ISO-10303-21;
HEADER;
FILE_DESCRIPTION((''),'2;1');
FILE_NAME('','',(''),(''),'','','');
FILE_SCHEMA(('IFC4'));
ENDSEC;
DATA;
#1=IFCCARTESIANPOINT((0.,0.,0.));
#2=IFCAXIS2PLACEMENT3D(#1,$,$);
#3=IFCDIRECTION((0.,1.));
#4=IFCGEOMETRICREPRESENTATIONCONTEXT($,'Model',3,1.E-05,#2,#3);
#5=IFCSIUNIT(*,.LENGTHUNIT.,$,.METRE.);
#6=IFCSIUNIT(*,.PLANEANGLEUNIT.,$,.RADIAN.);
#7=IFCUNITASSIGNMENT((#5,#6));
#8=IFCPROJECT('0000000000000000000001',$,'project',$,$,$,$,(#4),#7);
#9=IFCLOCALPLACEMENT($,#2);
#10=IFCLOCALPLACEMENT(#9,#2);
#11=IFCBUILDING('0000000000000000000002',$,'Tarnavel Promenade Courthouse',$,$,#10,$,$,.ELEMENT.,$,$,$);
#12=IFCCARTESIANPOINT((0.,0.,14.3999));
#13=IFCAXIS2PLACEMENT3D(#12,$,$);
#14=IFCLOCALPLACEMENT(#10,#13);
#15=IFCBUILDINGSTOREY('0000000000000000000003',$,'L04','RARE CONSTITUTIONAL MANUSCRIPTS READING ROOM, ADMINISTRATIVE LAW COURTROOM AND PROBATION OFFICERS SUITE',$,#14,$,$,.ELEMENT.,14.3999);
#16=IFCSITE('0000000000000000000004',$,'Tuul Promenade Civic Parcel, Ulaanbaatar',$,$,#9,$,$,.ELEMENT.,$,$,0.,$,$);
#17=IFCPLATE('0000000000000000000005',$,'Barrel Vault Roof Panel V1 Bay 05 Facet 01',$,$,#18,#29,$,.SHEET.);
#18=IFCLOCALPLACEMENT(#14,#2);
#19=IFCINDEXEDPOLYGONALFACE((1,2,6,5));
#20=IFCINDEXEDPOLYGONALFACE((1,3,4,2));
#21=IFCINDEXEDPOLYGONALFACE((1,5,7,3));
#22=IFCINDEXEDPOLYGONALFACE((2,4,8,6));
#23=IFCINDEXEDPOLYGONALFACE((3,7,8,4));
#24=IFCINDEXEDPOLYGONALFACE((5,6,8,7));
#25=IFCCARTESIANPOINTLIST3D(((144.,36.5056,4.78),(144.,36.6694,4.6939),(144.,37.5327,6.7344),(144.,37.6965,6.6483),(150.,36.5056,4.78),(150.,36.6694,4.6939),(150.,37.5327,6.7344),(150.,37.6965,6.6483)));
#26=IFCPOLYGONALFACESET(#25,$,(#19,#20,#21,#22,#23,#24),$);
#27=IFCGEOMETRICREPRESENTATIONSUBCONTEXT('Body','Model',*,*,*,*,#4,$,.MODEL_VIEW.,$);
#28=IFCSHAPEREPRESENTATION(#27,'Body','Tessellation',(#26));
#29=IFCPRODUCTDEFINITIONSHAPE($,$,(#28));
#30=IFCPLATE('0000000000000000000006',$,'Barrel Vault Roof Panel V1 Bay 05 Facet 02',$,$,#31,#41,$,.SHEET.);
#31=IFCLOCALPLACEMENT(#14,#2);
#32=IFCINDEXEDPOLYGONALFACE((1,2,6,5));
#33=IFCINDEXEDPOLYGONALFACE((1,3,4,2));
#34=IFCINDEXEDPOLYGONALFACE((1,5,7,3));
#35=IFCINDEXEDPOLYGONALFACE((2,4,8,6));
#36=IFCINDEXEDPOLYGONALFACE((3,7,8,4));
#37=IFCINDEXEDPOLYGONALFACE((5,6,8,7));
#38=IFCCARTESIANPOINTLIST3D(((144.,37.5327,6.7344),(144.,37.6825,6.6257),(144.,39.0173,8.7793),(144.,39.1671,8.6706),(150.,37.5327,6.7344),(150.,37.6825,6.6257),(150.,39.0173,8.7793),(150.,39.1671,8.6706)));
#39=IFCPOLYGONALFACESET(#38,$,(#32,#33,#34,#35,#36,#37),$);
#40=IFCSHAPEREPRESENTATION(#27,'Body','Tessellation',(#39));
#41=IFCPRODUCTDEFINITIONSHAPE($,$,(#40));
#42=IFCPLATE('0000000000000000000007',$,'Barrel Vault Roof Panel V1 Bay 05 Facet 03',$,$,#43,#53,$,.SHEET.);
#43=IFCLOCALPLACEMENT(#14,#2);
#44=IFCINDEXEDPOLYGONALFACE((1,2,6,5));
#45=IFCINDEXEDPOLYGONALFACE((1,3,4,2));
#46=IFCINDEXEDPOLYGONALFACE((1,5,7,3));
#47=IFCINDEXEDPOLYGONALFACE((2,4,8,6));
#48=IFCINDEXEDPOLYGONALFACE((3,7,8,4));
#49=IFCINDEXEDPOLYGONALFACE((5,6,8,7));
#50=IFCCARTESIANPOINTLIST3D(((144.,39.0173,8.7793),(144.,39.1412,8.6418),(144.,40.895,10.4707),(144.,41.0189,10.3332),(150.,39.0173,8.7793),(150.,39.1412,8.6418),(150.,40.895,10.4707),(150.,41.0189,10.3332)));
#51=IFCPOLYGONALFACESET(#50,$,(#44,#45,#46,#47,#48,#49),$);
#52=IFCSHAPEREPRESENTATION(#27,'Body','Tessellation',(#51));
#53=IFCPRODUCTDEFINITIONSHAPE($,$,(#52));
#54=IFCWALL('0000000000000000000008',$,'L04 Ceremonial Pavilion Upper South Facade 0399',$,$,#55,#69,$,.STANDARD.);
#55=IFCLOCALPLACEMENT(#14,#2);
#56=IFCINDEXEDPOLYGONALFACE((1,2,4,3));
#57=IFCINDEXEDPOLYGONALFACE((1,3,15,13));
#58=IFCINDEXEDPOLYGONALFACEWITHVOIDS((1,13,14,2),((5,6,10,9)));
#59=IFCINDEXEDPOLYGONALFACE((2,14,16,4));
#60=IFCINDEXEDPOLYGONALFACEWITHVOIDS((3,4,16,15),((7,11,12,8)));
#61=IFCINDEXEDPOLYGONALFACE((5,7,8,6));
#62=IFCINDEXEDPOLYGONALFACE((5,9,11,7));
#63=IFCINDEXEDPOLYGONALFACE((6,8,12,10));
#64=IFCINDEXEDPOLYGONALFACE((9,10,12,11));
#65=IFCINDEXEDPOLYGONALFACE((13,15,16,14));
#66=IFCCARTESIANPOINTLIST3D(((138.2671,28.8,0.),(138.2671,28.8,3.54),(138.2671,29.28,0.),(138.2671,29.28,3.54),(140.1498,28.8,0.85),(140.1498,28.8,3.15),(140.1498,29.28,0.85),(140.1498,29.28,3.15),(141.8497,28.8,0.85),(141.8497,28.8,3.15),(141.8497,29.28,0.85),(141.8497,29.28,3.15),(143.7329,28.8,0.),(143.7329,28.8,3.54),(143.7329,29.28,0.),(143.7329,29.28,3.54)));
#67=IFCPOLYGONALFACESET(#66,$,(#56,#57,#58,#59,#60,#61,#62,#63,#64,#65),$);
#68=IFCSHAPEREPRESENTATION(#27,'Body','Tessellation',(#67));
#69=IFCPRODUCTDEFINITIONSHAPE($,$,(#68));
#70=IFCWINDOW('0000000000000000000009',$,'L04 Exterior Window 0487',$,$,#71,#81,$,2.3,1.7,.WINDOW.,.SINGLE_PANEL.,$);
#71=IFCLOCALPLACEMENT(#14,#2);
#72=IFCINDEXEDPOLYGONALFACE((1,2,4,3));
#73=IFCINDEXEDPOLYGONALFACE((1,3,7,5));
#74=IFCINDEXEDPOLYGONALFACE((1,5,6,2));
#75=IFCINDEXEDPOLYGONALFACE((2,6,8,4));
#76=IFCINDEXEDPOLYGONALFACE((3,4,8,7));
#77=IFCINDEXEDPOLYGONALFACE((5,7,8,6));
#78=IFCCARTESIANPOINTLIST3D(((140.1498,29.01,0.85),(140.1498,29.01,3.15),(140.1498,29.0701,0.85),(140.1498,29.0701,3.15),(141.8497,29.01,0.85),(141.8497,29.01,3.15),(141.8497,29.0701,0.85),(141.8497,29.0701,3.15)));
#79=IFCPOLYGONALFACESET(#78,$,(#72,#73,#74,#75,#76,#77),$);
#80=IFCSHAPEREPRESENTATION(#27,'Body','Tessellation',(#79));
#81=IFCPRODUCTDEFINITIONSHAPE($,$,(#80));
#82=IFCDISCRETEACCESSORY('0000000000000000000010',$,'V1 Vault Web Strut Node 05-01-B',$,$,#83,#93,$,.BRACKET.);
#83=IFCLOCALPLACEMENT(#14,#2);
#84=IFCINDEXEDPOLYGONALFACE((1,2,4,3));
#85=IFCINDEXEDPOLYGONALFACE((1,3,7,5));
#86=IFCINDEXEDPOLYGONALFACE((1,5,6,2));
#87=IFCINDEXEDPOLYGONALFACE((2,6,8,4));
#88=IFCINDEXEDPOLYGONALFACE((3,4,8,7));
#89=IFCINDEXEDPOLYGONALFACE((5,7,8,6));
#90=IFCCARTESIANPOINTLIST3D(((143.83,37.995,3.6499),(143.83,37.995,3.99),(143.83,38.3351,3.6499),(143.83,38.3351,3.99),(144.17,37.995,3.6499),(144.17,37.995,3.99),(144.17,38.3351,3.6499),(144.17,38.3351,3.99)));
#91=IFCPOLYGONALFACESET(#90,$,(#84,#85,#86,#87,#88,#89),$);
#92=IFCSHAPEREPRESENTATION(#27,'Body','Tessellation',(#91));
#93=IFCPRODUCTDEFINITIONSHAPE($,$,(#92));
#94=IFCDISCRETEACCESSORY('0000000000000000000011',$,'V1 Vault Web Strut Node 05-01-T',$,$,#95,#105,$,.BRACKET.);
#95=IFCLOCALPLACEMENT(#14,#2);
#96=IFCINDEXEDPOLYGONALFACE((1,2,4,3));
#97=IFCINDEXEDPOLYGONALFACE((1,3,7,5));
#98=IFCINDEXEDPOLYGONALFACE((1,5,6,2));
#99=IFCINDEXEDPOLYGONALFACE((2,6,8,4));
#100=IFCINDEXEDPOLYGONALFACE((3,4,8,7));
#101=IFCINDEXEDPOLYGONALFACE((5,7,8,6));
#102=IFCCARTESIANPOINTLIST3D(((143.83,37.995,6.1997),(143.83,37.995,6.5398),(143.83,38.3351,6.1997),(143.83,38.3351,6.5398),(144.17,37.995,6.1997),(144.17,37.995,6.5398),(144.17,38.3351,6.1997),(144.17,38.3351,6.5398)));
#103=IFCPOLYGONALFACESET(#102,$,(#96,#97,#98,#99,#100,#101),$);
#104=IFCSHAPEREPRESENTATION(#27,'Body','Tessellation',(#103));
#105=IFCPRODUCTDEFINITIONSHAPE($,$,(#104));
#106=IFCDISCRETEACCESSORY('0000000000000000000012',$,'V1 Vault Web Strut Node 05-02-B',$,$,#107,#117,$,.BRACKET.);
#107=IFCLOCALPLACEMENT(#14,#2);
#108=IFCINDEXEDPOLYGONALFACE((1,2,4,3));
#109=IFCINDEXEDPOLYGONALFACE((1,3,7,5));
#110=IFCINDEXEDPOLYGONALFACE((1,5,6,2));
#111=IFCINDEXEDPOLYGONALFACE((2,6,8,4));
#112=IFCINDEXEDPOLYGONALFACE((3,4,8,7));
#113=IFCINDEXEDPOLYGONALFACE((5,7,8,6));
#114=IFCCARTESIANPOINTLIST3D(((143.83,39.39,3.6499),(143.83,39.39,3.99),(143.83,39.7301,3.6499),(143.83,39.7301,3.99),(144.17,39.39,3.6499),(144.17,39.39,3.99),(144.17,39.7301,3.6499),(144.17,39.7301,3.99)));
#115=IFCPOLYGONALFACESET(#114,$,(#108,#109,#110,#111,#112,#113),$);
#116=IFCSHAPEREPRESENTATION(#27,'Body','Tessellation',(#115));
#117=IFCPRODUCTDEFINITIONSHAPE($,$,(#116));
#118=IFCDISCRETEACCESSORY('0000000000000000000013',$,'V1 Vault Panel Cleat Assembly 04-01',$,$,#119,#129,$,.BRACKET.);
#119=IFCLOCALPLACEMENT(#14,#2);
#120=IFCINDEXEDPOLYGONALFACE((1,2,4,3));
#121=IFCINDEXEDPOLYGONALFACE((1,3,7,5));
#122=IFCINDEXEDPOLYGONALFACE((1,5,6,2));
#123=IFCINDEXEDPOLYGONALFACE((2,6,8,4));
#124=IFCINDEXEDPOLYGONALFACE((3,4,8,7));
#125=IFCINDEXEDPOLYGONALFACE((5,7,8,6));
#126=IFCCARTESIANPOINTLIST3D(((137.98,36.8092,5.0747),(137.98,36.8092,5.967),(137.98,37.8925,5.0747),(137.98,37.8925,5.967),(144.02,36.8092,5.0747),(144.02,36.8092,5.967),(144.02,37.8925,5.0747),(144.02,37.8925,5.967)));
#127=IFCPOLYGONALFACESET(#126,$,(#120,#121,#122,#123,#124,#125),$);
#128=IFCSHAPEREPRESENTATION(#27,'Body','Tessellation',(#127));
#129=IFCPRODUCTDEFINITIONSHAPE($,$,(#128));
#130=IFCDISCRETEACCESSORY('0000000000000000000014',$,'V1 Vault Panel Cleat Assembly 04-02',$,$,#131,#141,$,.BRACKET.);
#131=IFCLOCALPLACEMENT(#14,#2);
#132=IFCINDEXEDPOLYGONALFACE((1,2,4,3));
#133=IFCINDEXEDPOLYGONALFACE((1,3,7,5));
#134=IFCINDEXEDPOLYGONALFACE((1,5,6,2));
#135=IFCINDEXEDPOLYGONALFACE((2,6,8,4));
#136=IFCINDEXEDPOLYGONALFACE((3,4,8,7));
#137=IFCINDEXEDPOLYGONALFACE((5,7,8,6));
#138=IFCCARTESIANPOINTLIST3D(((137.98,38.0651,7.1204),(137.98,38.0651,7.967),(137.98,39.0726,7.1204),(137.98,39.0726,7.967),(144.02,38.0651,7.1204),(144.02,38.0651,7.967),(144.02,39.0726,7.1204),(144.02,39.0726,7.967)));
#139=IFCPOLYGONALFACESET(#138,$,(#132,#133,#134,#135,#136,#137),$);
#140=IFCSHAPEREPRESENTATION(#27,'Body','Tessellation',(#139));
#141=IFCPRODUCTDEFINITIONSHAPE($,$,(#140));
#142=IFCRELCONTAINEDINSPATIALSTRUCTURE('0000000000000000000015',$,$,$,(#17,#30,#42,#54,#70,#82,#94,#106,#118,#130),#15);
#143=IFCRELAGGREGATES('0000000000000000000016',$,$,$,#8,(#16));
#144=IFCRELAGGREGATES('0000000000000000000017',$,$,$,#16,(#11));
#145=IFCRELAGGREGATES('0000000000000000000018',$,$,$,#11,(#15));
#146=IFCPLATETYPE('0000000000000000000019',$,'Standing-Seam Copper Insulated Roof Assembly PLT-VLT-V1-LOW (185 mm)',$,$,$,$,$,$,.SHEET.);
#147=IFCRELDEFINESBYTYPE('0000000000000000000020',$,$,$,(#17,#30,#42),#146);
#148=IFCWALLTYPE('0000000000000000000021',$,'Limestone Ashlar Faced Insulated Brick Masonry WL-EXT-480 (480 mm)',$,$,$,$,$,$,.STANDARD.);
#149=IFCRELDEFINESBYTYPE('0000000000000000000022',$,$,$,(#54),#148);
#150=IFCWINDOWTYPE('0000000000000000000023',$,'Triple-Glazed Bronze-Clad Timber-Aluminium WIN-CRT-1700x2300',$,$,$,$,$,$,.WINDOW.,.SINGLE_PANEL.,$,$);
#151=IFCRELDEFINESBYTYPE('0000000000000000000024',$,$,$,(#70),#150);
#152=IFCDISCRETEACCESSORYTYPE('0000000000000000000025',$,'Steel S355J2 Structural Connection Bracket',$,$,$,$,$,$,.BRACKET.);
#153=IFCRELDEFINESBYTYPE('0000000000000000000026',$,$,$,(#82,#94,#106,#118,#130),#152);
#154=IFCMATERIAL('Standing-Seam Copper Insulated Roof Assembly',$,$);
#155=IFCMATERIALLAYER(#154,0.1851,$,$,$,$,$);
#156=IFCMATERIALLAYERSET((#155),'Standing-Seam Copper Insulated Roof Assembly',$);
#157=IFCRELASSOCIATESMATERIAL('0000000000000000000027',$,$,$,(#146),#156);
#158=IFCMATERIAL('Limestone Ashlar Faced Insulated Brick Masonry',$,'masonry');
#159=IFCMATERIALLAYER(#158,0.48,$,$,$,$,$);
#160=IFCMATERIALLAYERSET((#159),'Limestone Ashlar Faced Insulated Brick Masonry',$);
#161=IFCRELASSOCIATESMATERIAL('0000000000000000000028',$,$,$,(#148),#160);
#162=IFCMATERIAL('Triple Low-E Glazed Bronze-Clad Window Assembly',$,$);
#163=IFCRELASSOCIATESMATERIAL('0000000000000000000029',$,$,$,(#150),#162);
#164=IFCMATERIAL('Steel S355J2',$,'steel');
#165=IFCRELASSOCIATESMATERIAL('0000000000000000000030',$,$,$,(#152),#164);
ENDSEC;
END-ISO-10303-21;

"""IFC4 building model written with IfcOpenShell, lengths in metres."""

from ifc_helpers import new_model, si_unit, direction, frame, frame_2d, origin, origin_2d, place, context, subcontext, project, spatial, polyline, rectangle, outline, extrude, material, layer, layer_set, type_object, element, fill, save


model = new_model("IFC4")

# Units and contexts
model_context = context("Model", 3, precision=1e-05, world=origin(), true_north=direction((0.0, 1.0)))
body_context = subcontext(model_context, "Body", "Model", "MODEL_VIEW")
ifc_project = project(units=[si_unit("LENGTHUNIT", "METRE"), si_unit("PLANEANGLEUNIT", "RADIAN")], contexts=[model_context])

# Site, building, storey
site_placement = place(None, origin())
site = spatial("IfcSite", under=ifc_project, at=site_placement, Name="Tuul Promenade Civic Parcel, Ulaanbaatar", CompositionType="ELEMENT", RefElevation=0.0)
building_placement = place(site_placement, origin())
building = spatial("IfcBuilding", under=site, at=building_placement, Name="Tarnavel Promenade Courthouse", CompositionType="ELEMENT")
storey_placement = place(building_placement, frame((0.0, 0.0, 14.3999)))
storey = spatial("IfcBuildingStorey", under=building, at=storey_placement, Name="L04", Description="RARE CONSTITUTIONAL MANUSCRIPTS READING ROOM, ADMINISTRATIVE LAW COURTROOM AND PROBATION OFFICERS SUITE", CompositionType="ELEMENT", Elevation=14.3999)

# Shared definitions
ifc_material_1 = material(Name="Steel S355J2", Category="steel")

# Plates
ifc_material_2 = material(Name="Standing-Seam Copper Insulated Roof Assembly")
ifc_layer_1 = layer(ifc_material_2, 0.1851)
ifc_layer_set_1 = layer_set([ifc_layer_1], Name="Standing-Seam Copper Insulated Roof Assembly")
plate_type = type_object("IfcPlateType", Name="Standing-Seam Copper Insulated Roof Assembly PLT-VLT-V1-LOW (185 mm)", PredefinedType="SHEET", material=ifc_layer_set_1)
plate_1_placement = place(storey_placement, frame((144.0, 36.5056, 4.78), z_axis=(0.0, -0.885199, 0.465213), x_axis=(1.0, 0.0, 0.0)))
element("IfcPlate", 1, at=plate_1_placement, inside=storey, type_object=plate_type, Name="Barrel Vault Roof Panel V1 Bay 05 Facet 01", PredefinedType="SHEET", context=body_context, shape_type="SweptSolid", body=[
    extrude(outline(polyline([(0.0, 0.0), (6.0, 0.0), (6.0, 2.2078), (0.0, 2.2078), (0.0, 0.0)])), origin(), (0.0, 0.0, -1.0), 0.1851),
])
plate_2_placement = place(storey_placement, frame((144.0, 37.5327, 6.7344), z_axis=(0.0, -0.809225, 0.587499), x_axis=(1.0, 0.0, 0.0)))
element("IfcPlate", 2, at=plate_2_placement, inside=storey, type_object=plate_type, Name="Barrel Vault Roof Panel V1 Bay 05 Facet 02", PredefinedType="SHEET", context=body_context, shape_type="SweptSolid", body=[
    extrude(outline(polyline([(0.0, 0.0), (6.0, 0.0), (6.0, 2.527), (0.0, 2.527), (0.0, 0.0)])), origin(), (0.0, 0.0, -1.0), 0.1851),
])
plate_3_placement = place(storey_placement, frame((144.0, 39.0173, 8.7793), z_axis=(0.0, -0.66929, 0.743001), x_axis=(1.0, 0.0, 0.0)))
element("IfcPlate", 3, at=plate_3_placement, inside=storey, type_object=plate_type, Name="Barrel Vault Roof Panel V1 Bay 05 Facet 03", PredefinedType="SHEET", context=body_context, shape_type="SweptSolid", body=[
    extrude(outline(polyline([(0.0, 0.0), (6.0, 0.0), (6.0, 2.5272), (0.0, 2.5272), (0.0, 0.0)])), origin(), (0.0, 0.0, -1.0), 0.1851),
])

# Wall, opening, window
ifc_material_3 = material(Name="Limestone Ashlar Faced Insulated Brick Masonry", Category="masonry")
ifc_layer_2 = layer(ifc_material_3, 0.48)
ifc_layer_set_2 = layer_set([ifc_layer_2], Name="Limestone Ashlar Faced Insulated Brick Masonry")
wall_type = type_object("IfcWallType", Name="Limestone Ashlar Faced Insulated Brick Masonry WL-EXT-480 (480 mm)", PredefinedType="STANDARD", material=ifc_layer_set_2)
wall_placement = place(storey_placement, frame((143.7329, 29.04, 0.0), z_axis=(0.0, 0.0, 1.0), x_axis=(-1.0, 0.0, 0.0)))
wall = element("IfcWall", 4, at=wall_placement, inside=storey, type_object=wall_type, Name="L04 Ceremonial Pavilion Upper South Facade 0399", PredefinedType="STANDARD", context=body_context, shape_type="SweptSolid", body=[
    extrude(rectangle(XDim=5.4658, YDim=0.48, at=frame_2d((2.7329, 0.0))), origin(), (0.0, 0.0, 1.0), 3.54),
])
opening_placement = place(wall_placement, frame((1.8831, 0.0, 0.8501)))
opening = element("IfcOpeningElement", 5, at=opening_placement, cuts=wall, PredefinedType="OPENING", context=body_context, shape_type="SweptSolid", body=[
    extrude(rectangle(XDim=1.7, YDim=2.3, at=frame_2d((0.8501, 1.1499))), frame((0.0, 0.25, 0.0), z_axis=(0.0, -1.0, 0.0), x_axis=(1.0, 0.0, 0.0)), (0.0, 0.0, 1.0), 0.5),
])
ifc_material_4 = material(Name="Triple Low-E Glazed Bronze-Clad Window Assembly")
window_type = type_object("IfcWindowType", Name="Triple-Glazed Bronze-Clad Timber-Aluminium WIN-CRT-1700x2300", PartitioningType="SINGLE_PANEL", PredefinedType="WINDOW", material=ifc_material_4)
window_placement = place(opening_placement, origin())
window = element("IfcWindow", 6, at=window_placement, inside=storey, type_object=window_type, Name="L04 Exterior Window 0487", OverallHeight=2.3, OverallWidth=1.7, PartitioningType="SINGLE_PANEL", PredefinedType="WINDOW", context=body_context, shape_type="SweptSolid", body=[
    extrude(rectangle(XDim=1.7, YDim=2.3, at=frame_2d((0.8501, 1.1499))), frame((0.0, 0.03, 0.0), z_axis=(0.0, -1.0, 0.0), x_axis=(1.0, 0.0, 0.0)), (0.0, 0.0, 1.0), 0.0601),
])
fill(opening, window)

# Discrete accessories
discrete_accessory_type = type_object("IfcDiscreteAccessoryType", Name="Steel S355J2 Structural Connection Bracket", PredefinedType="BRACKET", material=ifc_material_1)
for number, where, z_axis, x_axis, name in (
    (7, (144.0, 38.165, 3.6499), (0.0, 0.0, 1.0), (1.0, 0.0, 0.0), "V1 Vault Web Strut Node 05-01-B"),
    (8, (144.0, 38.165, 6.1997), (0.0, 0.0, 1.0), (1.0, 0.0, 0.0), "V1 Vault Web Strut Node 05-01-T"),
    (9, (144.0, 39.5601, 3.6499), (0.0, 0.0, 1.0), (1.0, 0.0, 0.0), "V1 Vault Web Strut Node 05-02-B"),
):
    element("IfcDiscreteAccessory", number, at=place(storey_placement, frame(where, z_axis=z_axis, x_axis=x_axis)), inside=storey, type_object=discrete_accessory_type, Name=name, PredefinedType="BRACKET", context=body_context, shape_type="SweptSolid", body=[
        extrude(rectangle(XDim=0.3401, YDim=0.3401, at=origin_2d()), origin(), (0.0, 0.0, 1.0), 0.3401),
    ])
discrete_accessory_1_placement = place(storey_placement, frame((141.0, 37.3508, 5.0747), z_axis=(0.0, 0.0, 1.0), x_axis=(1.0, 0.0, 0.0)))
element("IfcDiscreteAccessory", 10, at=discrete_accessory_1_placement, inside=storey, type_object=discrete_accessory_type, Name="V1 Vault Panel Cleat Assembly 04-01", PredefinedType="BRACKET", context=body_context, shape_type="SweptSolid", body=[
    extrude(rectangle(XDim=6.04, YDim=1.0833, at=origin_2d()), origin(), (0.0, 0.0, 1.0), 0.8923),
])
discrete_accessory_2_placement = place(storey_placement, frame((141.0, 38.5688, 7.1204), z_axis=(0.0, 0.0, 1.0), x_axis=(1.0, 0.0, 0.0)))
element("IfcDiscreteAccessory", 11, at=discrete_accessory_2_placement, inside=storey, type_object=discrete_accessory_type, Name="V1 Vault Panel Cleat Assembly 04-02", PredefinedType="BRACKET", context=body_context, shape_type="SweptSolid", body=[
    extrude(rectangle(XDim=6.04, YDim=1.0076, at=origin_2d()), origin(), (0.0, 0.0, 1.0), 0.8467),
])

save(model, "model.ifc")
